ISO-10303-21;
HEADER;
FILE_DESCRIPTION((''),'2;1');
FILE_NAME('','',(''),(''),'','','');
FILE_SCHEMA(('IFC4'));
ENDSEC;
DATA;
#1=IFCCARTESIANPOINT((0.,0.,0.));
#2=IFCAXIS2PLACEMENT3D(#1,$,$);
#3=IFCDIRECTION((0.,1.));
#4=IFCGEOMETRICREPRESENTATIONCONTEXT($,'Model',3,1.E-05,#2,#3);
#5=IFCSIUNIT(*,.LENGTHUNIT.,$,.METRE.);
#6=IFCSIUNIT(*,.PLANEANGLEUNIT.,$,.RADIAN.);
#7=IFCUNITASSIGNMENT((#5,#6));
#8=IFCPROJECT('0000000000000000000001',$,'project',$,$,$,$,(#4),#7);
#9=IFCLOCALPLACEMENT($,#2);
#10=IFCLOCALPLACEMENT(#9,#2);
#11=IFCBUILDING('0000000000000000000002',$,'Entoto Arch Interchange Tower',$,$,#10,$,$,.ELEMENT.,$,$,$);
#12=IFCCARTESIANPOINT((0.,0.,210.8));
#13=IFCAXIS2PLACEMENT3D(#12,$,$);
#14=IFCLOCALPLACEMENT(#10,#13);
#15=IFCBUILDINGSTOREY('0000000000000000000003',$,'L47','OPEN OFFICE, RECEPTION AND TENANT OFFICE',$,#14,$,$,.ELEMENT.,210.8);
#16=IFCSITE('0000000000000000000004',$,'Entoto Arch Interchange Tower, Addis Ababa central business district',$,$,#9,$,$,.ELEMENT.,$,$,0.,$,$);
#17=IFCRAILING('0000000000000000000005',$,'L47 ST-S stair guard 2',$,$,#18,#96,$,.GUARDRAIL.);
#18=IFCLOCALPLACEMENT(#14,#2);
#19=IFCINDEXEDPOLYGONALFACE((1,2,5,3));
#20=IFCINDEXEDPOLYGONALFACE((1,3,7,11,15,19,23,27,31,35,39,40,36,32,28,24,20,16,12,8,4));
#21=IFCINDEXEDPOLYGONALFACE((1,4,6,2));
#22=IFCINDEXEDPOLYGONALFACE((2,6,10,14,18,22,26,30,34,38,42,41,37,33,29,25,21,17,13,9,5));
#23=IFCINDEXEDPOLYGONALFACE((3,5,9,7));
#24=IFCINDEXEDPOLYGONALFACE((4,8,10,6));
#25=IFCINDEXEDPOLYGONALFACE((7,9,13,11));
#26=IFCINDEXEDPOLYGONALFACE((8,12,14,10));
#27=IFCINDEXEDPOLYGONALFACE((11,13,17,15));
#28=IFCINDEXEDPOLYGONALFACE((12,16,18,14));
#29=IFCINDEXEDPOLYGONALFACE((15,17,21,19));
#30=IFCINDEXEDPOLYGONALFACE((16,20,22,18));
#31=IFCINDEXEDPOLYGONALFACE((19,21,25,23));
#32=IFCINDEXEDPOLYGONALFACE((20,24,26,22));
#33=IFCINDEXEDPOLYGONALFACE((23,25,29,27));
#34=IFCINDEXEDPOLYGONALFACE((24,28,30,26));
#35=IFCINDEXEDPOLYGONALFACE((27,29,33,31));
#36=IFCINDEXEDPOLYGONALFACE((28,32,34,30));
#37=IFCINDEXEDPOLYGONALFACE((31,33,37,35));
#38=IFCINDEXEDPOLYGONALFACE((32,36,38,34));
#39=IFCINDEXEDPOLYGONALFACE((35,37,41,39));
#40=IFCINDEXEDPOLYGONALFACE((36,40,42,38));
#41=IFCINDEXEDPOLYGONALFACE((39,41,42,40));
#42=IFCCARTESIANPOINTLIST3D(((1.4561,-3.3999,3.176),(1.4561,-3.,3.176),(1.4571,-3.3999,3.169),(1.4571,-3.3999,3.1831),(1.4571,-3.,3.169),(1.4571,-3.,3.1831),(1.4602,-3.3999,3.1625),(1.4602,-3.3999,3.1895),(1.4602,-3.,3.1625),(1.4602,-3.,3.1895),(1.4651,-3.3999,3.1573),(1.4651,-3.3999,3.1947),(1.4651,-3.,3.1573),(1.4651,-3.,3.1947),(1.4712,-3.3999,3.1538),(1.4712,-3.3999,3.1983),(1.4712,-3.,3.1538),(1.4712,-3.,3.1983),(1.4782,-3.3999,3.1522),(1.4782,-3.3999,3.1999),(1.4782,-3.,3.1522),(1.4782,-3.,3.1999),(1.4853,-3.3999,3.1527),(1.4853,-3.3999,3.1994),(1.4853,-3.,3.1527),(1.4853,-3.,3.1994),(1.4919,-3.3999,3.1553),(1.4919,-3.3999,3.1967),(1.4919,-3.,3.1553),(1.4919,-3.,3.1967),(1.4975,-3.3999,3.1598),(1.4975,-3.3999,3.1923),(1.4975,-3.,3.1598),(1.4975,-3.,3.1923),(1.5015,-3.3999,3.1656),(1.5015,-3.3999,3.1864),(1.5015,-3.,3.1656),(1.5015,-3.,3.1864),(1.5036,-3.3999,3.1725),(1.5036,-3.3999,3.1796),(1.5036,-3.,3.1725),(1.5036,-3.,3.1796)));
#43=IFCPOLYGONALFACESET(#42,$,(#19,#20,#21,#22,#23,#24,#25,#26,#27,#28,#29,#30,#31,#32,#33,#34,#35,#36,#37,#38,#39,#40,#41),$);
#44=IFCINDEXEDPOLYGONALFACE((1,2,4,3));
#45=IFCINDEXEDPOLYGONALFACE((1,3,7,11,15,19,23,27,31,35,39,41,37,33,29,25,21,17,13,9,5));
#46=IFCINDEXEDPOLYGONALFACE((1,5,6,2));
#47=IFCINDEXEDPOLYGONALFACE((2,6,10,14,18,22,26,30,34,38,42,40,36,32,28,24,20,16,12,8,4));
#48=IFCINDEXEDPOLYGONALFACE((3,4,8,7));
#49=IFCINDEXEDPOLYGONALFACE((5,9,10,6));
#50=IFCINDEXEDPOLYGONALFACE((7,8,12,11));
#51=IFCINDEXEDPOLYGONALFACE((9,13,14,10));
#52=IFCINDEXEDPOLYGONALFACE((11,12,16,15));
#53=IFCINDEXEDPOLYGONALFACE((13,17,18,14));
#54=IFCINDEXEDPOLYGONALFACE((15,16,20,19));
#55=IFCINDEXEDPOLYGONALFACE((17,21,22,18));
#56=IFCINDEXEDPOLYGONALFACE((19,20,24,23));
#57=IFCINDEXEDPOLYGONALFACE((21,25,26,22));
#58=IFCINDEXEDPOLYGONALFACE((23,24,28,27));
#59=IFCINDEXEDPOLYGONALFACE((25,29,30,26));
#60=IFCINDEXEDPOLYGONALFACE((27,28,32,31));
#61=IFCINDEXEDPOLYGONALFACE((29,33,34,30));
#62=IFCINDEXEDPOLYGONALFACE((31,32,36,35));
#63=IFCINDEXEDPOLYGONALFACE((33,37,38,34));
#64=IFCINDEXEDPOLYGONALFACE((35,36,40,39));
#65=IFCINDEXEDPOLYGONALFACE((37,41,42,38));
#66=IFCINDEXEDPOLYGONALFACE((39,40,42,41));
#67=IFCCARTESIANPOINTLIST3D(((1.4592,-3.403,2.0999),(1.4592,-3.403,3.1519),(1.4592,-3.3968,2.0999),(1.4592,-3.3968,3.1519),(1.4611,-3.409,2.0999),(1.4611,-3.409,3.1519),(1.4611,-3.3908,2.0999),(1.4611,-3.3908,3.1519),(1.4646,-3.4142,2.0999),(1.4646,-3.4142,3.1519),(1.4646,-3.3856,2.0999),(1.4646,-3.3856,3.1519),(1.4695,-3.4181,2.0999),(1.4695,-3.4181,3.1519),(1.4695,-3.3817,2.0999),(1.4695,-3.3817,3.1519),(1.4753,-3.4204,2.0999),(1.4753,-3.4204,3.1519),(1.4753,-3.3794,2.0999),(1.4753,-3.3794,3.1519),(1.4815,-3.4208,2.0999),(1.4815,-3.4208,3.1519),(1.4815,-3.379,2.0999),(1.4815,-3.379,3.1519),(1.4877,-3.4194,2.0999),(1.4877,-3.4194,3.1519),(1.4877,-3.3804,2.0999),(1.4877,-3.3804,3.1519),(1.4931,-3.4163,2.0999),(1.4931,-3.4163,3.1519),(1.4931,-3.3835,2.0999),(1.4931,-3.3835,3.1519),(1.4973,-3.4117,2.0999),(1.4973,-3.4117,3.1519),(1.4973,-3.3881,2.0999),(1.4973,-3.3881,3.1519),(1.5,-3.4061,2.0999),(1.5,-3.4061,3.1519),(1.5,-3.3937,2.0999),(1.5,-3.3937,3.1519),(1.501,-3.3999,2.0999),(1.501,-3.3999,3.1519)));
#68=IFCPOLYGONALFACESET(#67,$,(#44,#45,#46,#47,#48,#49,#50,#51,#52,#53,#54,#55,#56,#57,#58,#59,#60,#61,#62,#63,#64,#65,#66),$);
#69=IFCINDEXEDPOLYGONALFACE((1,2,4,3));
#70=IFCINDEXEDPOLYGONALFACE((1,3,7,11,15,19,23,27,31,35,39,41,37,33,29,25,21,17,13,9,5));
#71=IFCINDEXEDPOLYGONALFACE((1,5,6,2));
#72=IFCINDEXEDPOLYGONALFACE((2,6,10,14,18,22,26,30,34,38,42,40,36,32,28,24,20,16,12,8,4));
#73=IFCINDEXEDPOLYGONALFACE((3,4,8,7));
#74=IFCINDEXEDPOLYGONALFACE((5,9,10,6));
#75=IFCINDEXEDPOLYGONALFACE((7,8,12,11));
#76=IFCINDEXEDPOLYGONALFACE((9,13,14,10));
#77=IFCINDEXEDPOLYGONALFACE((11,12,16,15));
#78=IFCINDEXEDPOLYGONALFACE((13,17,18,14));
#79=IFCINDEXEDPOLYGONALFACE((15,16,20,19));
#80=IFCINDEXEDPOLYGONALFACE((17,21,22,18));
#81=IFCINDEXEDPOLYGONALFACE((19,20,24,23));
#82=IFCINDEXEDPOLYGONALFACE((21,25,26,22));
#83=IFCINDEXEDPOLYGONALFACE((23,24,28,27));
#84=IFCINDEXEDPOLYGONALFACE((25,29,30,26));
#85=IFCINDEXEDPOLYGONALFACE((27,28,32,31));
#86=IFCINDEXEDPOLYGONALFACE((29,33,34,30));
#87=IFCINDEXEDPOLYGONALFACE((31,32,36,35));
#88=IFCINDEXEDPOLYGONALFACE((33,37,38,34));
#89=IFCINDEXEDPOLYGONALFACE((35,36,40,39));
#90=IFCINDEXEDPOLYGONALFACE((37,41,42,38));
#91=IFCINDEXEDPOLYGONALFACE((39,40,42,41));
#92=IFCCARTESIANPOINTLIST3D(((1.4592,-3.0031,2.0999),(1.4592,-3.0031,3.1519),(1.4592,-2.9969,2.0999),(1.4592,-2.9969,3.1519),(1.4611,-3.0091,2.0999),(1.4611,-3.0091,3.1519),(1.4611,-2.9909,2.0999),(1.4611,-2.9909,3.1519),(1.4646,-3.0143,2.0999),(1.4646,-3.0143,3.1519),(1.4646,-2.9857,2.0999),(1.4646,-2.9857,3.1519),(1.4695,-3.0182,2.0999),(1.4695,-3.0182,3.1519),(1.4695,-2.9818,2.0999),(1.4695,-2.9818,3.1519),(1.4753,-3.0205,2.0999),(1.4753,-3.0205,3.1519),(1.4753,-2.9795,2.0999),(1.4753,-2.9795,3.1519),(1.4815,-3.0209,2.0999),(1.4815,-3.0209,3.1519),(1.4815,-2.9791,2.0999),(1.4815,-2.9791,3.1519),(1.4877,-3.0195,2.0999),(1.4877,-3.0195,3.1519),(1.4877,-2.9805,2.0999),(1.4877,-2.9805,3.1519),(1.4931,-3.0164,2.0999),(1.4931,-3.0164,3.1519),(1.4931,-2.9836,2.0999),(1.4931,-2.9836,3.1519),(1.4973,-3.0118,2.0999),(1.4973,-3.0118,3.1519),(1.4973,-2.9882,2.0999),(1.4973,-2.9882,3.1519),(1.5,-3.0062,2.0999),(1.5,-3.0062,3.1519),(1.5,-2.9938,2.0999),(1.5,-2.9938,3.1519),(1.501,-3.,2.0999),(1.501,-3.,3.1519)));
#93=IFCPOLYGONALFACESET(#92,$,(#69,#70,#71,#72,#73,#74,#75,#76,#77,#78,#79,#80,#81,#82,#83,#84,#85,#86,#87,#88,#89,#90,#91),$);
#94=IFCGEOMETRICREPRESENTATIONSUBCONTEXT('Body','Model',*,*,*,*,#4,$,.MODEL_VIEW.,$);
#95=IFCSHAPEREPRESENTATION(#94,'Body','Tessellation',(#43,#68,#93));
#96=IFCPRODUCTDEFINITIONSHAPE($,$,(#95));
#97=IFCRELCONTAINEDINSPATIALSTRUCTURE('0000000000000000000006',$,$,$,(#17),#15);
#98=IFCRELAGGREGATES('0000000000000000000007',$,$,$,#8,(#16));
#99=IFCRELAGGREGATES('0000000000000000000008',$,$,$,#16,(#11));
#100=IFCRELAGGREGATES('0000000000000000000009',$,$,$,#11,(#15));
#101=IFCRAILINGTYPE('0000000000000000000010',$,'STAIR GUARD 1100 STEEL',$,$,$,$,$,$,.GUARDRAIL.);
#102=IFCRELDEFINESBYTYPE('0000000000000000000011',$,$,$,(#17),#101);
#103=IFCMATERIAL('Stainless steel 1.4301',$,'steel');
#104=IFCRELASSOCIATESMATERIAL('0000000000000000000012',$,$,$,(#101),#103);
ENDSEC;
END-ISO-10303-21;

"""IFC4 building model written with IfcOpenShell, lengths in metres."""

from ifc_helpers import new_model, si_unit, direction, frame, origin, origin_2d, place, context, subcontext, project, spatial, circle, extrude, material, type_object, element, save


model = new_model("IFC4")

# Units and contexts
model_context = context("Model", 3, precision=1e-05, world=origin(), true_north=direction((0.0, 1.0)))
body_context = subcontext(model_context, "Body", "Model", "MODEL_VIEW")
ifc_project = project(units=[si_unit("LENGTHUNIT", "METRE"), si_unit("PLANEANGLEUNIT", "RADIAN")], contexts=[model_context])

# Site, building, storey
site_placement = place(None, origin())
site = spatial("IfcSite", under=ifc_project, at=site_placement, Name="Entoto Arch Interchange Tower, Addis Ababa central business district", CompositionType="ELEMENT", RefElevation=0.0)
building_placement = place(site_placement, origin())
building = spatial("IfcBuilding", under=site, at=building_placement, Name="Entoto Arch Interchange Tower", CompositionType="ELEMENT")
storey_placement = place(building_placement, frame((0.0, 0.0, 210.8)))
storey = spatial("IfcBuildingStorey", under=building, at=storey_placement, Name="L47", Description="OPEN OFFICE, RECEPTION AND TENANT OFFICE", CompositionType="ELEMENT", Elevation=210.8)

# Railing
ifc_material_1 = material(Name="Stainless steel 1.4301", Category="steel")
railing_type_1 = type_object("IfcRailingType", Name="STAIR GUARD 1100 STEEL", PredefinedType="GUARDRAIL", material=ifc_material_1)
railing_1_placement = place(storey_placement, frame((1.48, -3.3999, 2.0999)))
element("IfcRailing", 1, at=railing_1_placement, inside=storey, type_object=railing_type_1, Name="L47 ST-S stair guard 2", PredefinedType="GUARDRAIL", context=body_context, shape_type="SweptSolid", body=[
    extrude(circle(Radius=0.0239, at=origin_2d()), frame((0.0, 0.0, 1.0762), z_axis=(0.0, 1.0, 0.0), x_axis=(-1.0, 0.0, 0.0)), (0.0, 0.0, 1.0), 0.3999),
    extrude(circle(Radius=0.021, at=origin_2d()), origin(), (0.0, 0.0, 1.0), 1.052),
    extrude(circle(Radius=0.021, at=origin_2d()), frame((0.0, 0.3999, 0.0)), (0.0, 0.0, 1.0), 1.052),
])

save(model, "model.ifc")
